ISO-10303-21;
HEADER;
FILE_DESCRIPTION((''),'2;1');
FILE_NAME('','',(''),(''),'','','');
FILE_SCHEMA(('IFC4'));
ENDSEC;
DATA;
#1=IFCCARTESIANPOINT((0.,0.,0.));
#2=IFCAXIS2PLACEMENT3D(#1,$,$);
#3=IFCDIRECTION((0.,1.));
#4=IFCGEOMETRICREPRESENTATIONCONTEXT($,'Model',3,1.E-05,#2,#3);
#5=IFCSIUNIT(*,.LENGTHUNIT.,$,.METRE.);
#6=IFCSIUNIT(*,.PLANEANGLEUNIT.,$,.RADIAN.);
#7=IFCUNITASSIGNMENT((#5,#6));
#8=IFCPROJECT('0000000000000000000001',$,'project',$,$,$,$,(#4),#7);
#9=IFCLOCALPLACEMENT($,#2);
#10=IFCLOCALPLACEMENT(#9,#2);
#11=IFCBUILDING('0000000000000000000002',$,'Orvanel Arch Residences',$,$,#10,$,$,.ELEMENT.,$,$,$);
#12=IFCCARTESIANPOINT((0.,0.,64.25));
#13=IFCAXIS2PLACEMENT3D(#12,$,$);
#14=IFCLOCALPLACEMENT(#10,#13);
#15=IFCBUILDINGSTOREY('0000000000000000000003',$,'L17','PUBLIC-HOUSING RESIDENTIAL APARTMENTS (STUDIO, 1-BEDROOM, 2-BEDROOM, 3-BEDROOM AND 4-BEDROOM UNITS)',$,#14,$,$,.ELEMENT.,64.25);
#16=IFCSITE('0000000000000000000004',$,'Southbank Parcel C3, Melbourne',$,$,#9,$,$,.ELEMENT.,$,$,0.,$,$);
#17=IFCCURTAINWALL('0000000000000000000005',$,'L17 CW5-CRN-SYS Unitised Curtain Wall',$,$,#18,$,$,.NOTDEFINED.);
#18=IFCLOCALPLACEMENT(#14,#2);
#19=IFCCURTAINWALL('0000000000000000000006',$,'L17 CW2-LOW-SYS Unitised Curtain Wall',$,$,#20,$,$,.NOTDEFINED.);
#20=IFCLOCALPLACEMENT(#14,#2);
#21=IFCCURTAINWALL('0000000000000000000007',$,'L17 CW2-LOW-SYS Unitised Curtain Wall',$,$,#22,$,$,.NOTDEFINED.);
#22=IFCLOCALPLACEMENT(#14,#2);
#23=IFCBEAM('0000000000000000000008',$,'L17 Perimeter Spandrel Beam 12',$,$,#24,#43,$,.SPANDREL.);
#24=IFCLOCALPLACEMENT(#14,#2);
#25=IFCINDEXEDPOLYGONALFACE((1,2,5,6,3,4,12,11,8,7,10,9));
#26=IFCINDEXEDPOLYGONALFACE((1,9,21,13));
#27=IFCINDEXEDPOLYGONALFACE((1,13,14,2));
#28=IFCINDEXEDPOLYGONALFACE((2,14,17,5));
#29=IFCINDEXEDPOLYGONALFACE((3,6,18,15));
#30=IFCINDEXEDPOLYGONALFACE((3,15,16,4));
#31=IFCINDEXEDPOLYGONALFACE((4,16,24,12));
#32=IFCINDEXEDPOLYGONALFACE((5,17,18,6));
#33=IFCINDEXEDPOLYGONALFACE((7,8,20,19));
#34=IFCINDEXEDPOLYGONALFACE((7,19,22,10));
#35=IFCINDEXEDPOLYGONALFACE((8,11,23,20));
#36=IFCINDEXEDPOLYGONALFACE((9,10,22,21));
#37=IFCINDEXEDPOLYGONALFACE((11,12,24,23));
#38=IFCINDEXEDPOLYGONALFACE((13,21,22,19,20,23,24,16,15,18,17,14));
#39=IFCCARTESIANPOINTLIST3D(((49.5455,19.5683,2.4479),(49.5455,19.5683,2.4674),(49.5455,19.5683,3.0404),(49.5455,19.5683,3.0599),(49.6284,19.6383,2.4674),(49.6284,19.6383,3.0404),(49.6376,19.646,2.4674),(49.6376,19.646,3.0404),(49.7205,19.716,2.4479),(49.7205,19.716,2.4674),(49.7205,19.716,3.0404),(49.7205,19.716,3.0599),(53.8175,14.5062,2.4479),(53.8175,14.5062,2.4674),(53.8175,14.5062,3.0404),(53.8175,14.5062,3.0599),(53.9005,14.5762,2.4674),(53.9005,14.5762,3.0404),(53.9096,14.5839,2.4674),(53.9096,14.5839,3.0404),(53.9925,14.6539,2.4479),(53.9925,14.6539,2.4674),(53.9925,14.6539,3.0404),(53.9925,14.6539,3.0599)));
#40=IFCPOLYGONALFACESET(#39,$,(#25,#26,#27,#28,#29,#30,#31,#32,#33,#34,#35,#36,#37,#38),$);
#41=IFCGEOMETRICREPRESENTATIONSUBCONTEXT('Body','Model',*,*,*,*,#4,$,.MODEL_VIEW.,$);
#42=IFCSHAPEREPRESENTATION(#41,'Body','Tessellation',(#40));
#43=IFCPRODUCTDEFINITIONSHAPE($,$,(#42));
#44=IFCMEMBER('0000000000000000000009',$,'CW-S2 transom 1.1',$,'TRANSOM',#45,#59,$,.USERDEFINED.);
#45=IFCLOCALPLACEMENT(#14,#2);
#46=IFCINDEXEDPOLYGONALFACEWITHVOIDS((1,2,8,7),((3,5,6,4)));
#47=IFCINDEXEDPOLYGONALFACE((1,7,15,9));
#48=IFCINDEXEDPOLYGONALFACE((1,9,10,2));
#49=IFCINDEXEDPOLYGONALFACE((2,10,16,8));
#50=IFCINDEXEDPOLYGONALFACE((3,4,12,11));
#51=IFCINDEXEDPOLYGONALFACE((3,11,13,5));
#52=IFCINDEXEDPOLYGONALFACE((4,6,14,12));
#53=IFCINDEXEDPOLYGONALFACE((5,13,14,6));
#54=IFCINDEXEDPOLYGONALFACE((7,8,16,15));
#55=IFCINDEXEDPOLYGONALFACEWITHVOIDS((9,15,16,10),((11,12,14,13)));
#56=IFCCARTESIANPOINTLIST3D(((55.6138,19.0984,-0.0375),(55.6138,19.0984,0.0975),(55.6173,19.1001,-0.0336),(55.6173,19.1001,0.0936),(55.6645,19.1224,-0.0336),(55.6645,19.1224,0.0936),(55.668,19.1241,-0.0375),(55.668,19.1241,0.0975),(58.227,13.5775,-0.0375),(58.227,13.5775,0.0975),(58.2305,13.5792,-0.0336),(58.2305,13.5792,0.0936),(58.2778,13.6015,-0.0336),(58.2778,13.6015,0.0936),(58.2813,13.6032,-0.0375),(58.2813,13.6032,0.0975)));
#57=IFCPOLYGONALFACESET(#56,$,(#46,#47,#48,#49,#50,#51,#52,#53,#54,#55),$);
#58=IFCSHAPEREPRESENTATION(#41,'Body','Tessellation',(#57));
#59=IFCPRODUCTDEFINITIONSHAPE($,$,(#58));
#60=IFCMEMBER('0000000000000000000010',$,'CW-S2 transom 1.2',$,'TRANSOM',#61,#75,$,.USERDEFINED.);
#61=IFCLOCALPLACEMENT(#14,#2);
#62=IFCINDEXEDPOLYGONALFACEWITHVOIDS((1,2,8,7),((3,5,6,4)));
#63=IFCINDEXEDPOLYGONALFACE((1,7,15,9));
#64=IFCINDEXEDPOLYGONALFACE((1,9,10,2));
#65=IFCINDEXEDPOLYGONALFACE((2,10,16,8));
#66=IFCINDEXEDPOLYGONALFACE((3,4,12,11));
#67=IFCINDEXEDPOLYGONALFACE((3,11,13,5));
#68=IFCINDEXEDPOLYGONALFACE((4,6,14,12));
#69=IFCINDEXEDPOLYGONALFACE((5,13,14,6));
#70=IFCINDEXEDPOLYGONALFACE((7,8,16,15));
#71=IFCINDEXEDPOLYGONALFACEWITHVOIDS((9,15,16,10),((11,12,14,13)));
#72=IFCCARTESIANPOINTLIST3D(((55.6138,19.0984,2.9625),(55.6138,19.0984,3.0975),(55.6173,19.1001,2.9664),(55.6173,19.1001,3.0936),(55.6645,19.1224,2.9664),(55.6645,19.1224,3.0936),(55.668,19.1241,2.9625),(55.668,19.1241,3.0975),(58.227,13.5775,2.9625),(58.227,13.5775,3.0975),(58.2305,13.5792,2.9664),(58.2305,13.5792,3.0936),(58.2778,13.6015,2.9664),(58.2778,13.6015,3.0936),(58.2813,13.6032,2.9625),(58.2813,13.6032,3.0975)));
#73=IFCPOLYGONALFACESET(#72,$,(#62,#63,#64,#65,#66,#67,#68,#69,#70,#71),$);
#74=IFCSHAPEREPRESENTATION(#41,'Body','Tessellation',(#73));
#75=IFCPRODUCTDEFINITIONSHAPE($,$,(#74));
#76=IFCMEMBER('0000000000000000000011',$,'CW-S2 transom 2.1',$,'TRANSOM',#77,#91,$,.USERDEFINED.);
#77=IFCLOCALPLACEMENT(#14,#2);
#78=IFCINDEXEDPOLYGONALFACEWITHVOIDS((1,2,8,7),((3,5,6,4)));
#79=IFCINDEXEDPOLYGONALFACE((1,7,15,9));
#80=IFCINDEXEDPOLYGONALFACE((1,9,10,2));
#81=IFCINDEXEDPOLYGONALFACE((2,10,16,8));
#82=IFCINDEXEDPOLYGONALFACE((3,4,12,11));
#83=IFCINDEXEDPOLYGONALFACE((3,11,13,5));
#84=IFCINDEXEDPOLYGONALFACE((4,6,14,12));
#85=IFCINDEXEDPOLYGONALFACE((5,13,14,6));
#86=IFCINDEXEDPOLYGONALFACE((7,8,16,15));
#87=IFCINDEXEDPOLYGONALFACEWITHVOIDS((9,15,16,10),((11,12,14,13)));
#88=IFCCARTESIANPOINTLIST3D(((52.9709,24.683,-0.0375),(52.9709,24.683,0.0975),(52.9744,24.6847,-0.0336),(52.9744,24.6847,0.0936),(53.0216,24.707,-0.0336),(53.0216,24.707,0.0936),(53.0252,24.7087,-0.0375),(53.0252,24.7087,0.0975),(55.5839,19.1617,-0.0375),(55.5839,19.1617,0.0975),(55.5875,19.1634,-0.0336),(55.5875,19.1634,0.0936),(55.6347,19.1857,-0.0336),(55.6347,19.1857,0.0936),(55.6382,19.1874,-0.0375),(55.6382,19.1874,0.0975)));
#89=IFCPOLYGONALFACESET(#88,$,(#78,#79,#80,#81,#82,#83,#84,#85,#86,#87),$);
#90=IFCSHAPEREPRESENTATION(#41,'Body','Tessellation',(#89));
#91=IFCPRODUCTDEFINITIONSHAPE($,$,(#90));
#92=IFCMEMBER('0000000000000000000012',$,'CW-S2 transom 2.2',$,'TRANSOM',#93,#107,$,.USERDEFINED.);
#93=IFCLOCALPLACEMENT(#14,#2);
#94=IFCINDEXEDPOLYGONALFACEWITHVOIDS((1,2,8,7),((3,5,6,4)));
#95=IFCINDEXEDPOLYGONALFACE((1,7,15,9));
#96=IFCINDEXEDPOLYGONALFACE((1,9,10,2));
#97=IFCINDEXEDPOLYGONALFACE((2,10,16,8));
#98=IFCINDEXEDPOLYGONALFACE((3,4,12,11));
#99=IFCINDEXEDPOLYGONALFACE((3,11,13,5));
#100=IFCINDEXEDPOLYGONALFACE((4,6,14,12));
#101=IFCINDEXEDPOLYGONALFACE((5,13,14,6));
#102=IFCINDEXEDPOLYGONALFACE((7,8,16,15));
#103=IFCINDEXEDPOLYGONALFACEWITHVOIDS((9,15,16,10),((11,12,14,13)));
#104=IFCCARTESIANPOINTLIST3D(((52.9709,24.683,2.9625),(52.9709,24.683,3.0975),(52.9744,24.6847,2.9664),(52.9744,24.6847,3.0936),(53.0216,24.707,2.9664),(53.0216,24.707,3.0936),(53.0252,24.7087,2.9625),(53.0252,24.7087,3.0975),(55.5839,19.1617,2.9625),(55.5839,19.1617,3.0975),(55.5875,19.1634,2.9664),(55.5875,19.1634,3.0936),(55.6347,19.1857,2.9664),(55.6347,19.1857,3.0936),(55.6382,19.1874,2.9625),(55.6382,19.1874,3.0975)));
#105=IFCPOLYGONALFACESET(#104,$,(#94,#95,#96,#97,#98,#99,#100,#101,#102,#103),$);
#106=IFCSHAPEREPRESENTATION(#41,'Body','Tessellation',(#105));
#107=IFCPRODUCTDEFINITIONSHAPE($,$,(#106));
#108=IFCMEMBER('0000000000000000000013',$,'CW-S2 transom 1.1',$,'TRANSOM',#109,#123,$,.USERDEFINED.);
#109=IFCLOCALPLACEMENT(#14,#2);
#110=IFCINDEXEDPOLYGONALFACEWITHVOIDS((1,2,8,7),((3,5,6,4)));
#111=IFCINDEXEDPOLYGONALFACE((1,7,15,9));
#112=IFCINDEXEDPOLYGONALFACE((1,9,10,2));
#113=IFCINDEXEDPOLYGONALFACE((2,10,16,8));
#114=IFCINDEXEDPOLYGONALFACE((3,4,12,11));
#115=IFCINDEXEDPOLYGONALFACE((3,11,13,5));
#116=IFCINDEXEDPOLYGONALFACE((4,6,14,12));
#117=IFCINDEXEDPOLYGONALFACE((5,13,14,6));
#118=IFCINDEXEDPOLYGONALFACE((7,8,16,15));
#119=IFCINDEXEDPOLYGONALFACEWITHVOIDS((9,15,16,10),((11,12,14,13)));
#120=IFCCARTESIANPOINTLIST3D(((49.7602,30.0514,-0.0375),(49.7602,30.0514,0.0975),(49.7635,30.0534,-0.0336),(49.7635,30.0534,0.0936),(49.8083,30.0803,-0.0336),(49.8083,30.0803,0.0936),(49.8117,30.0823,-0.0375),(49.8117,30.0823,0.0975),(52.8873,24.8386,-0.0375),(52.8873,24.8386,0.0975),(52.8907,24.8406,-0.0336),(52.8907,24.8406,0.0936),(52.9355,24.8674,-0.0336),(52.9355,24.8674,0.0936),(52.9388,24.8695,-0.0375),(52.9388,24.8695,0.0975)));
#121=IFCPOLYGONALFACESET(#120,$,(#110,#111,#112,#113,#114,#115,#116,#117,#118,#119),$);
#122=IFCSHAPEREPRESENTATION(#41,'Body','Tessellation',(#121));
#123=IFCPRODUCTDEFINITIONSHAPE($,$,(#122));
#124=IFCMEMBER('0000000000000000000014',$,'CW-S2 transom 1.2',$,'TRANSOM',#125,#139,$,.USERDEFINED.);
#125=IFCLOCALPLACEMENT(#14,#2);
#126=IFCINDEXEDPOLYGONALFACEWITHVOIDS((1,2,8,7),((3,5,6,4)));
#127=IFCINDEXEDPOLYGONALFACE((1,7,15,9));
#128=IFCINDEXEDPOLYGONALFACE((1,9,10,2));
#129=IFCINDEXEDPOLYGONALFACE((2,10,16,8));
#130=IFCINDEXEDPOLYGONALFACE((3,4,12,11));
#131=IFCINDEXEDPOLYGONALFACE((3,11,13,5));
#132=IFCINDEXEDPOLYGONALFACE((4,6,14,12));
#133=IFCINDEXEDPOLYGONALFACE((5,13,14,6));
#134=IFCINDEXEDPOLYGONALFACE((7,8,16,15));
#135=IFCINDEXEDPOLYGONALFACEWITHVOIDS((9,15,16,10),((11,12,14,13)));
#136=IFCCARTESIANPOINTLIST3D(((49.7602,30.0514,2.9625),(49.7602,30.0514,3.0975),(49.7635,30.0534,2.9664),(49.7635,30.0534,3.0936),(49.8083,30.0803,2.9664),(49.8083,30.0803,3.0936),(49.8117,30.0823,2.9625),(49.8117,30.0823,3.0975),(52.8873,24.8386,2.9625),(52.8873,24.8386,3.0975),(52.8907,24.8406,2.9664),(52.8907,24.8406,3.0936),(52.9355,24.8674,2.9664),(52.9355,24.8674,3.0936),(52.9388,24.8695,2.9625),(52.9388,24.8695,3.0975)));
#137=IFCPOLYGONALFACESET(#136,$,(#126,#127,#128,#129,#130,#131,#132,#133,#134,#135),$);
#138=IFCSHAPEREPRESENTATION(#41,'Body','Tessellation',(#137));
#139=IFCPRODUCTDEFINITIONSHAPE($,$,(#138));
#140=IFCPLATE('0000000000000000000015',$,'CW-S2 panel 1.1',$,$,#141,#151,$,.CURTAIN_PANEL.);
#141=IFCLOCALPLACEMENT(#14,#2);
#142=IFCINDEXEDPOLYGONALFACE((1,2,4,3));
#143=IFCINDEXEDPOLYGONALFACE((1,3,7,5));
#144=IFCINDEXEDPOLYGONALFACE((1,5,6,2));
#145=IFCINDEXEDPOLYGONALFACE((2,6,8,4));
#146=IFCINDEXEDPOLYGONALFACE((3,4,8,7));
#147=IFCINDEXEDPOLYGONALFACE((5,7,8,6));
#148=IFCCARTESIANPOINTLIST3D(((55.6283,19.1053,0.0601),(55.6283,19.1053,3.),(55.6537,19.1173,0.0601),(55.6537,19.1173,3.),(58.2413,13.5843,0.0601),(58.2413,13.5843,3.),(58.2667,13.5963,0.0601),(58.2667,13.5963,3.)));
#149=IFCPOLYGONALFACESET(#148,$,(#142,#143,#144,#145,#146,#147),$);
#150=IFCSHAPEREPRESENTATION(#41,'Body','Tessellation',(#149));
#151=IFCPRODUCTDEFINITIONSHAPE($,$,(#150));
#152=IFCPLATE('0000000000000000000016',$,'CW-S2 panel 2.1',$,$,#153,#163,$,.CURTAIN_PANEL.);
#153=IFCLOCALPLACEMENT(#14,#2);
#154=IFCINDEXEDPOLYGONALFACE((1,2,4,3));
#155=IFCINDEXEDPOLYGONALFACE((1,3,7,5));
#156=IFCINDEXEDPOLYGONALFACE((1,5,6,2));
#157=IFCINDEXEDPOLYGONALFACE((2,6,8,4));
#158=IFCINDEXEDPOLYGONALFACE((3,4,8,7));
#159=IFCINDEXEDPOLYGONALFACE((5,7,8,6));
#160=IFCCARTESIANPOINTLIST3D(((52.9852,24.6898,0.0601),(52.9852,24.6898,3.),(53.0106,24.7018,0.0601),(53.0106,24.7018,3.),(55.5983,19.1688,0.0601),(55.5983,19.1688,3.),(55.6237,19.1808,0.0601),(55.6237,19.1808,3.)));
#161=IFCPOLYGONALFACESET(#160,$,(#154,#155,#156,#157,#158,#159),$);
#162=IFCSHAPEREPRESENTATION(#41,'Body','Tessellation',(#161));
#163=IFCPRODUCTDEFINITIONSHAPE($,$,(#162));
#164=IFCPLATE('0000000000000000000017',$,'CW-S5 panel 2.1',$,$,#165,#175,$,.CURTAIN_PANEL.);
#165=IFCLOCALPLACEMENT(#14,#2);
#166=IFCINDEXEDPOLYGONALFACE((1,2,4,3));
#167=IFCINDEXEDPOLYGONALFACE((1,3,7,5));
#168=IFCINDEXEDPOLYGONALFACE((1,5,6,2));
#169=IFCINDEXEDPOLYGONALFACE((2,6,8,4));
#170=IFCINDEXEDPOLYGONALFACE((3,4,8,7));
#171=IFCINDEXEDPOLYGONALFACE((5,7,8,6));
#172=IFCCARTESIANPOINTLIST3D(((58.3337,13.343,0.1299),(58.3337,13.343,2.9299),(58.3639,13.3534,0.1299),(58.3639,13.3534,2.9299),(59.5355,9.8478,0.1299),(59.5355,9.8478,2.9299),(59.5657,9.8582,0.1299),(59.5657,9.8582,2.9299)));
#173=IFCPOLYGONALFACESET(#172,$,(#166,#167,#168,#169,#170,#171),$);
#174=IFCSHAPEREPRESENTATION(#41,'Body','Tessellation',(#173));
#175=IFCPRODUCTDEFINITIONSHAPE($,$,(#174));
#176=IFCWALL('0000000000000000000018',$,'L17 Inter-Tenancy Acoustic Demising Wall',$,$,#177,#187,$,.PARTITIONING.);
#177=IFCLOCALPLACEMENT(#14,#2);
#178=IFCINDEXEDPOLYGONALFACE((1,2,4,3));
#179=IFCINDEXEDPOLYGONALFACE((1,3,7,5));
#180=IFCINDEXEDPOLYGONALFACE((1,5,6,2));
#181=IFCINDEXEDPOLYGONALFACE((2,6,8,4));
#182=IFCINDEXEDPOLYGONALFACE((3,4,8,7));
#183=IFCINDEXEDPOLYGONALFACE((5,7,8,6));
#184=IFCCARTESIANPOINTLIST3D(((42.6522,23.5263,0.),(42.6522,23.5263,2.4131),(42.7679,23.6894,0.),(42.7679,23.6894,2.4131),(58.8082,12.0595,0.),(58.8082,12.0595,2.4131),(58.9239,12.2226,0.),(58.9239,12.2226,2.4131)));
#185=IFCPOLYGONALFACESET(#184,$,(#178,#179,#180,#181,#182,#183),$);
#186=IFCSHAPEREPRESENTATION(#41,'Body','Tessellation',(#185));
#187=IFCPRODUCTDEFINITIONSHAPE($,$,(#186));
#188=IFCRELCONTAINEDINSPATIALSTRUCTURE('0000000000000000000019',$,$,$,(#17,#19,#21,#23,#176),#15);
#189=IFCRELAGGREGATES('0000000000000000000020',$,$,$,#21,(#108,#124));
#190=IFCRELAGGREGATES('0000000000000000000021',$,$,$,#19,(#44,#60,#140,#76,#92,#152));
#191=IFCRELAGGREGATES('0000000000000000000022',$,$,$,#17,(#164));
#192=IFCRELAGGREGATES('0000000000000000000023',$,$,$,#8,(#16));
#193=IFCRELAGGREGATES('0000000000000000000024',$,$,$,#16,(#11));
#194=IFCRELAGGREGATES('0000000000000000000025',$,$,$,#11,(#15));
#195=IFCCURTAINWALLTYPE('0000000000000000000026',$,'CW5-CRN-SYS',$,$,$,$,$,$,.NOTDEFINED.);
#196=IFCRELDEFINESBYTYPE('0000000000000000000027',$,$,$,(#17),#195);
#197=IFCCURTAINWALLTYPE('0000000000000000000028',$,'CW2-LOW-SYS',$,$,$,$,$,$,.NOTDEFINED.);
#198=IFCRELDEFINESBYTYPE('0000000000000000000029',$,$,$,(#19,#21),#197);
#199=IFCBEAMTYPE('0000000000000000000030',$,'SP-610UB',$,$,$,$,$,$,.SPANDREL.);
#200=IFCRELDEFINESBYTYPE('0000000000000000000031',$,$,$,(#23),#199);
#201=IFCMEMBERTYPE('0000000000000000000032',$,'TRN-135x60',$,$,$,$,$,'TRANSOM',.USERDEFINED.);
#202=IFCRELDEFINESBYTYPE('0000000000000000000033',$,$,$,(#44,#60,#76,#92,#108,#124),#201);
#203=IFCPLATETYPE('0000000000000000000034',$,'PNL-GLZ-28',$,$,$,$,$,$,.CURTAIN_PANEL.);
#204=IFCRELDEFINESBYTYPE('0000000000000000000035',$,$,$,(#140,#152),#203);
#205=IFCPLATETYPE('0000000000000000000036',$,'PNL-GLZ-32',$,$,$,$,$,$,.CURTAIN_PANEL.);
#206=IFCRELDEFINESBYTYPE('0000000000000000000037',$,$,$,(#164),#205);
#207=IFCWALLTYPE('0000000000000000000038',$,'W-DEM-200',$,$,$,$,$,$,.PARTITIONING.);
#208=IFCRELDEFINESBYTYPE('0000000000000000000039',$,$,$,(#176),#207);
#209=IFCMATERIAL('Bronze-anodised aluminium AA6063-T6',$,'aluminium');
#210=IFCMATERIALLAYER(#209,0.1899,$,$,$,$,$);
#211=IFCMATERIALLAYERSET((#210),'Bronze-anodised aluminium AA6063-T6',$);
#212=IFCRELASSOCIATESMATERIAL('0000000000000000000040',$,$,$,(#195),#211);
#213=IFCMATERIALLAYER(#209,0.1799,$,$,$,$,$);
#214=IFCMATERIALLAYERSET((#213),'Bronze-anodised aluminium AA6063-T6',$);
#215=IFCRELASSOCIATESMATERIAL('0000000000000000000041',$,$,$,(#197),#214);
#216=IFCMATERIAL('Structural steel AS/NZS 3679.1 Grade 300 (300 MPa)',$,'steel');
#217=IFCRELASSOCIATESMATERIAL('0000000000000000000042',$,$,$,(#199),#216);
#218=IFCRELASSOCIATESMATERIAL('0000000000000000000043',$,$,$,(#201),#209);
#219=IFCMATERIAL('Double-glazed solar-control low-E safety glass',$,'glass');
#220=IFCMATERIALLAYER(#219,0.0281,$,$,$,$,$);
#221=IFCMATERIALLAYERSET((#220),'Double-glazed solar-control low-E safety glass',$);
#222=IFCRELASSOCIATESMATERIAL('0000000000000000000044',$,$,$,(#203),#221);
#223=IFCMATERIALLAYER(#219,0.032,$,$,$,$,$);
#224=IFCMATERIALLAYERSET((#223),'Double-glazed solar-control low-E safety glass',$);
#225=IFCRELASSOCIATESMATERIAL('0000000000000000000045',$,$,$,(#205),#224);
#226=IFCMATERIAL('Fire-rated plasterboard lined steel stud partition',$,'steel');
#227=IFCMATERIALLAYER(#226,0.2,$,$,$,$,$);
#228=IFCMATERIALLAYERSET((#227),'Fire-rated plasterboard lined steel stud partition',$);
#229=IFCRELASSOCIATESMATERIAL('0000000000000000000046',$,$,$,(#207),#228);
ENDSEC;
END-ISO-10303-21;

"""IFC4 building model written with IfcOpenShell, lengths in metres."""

from ifc_helpers import new_model, si_unit, direction, frame, frame_2d, origin, origin_2d, place, context, subcontext, project, spatial, rectangle, hollow_rectangle, i_section, extrude, material, layer, layer_set, material_profile, profile_set, type_object, element, aggregate, save


model = new_model("IFC4")

# Units and contexts
model_context = context("Model", 3, precision=1e-05, world=origin(), true_north=direction((0.0, 1.0)))
body_context = subcontext(model_context, "Body", "Model", "MODEL_VIEW")
ifc_project = project(units=[si_unit("LENGTHUNIT", "METRE"), si_unit("PLANEANGLEUNIT", "RADIAN")], contexts=[model_context])

# Site, building, storey
site_placement = place(None, origin())
site = spatial("IfcSite", under=ifc_project, at=site_placement, Name="Southbank Parcel C3, Melbourne", CompositionType="ELEMENT", RefElevation=0.0)
building_placement = place(site_placement, origin())
building = spatial("IfcBuilding", under=site, at=building_placement, Name="Orvanel Arch Residences", CompositionType="ELEMENT")
storey_placement = place(building_placement, frame((0.0, 0.0, 64.25)))
storey = spatial("IfcBuildingStorey", under=building, at=storey_placement, Name="L17", Description="PUBLIC-HOUSING RESIDENTIAL APARTMENTS (STUDIO, 1-BEDROOM, 2-BEDROOM, 3-BEDROOM AND 4-BEDROOM UNITS)", CompositionType="ELEMENT", Elevation=64.25)

# Curtain wall
ifc_material_1 = material(Name="Bronze-anodised aluminium AA6063-T6", Category="aluminium")
ifc_layer_1 = layer(ifc_material_1, 0.1899)
ifc_layer_set_1 = layer_set([ifc_layer_1], Name="Bronze-anodised aluminium AA6063-T6")
curtain_wall_type_1 = type_object("IfcCurtainWallType", Name="CW5-CRN-SYS", PredefinedType="NOTDEFINED", material=ifc_layer_set_1)
curtain_wall_1_placement = place(storey_placement, origin())
curtain_wall_1 = element("IfcCurtainWall", 1, at=curtain_wall_1_placement, inside=storey, type_object=curtain_wall_type_1, Name="L17 CW5-CRN-SYS Unitised Curtain Wall", PredefinedType="NOTDEFINED")

# Curtain wall
ifc_layer_2 = layer(ifc_material_1, 0.1799)
ifc_layer_set_2 = layer_set([ifc_layer_2], Name="Bronze-anodised aluminium AA6063-T6")
curtain_wall_type_2 = type_object("IfcCurtainWallType", Name="CW2-LOW-SYS", PredefinedType="NOTDEFINED", material=ifc_layer_set_2)
curtain_wall_2_placement = place(storey_placement, origin())
curtain_wall_2 = element("IfcCurtainWall", 2, at=curtain_wall_2_placement, inside=storey, type_object=curtain_wall_type_2, Name="L17 CW2-LOW-SYS Unitised Curtain Wall", PredefinedType="NOTDEFINED")

# Curtain wall
curtain_wall_3_placement = place(storey_placement, origin())
curtain_wall_3 = element("IfcCurtainWall", 3, at=curtain_wall_3_placement, inside=storey, type_object=curtain_wall_type_2, Name="L17 CW2-LOW-SYS Unitised Curtain Wall", PredefinedType="NOTDEFINED")

# Beam
ifc_material_2 = material(Name="Structural steel AS/NZS 3679.1 Grade 300 (300 MPa)", Category="steel")
ifc_material_profile_1 = material_profile(ifc_material_2, i_section(OverallWidth=0.229, OverallDepth=0.6121, WebThickness=0.012, FlangeThickness=0.0195, at=origin_2d()), Name="610UB125")
ifc_profile_set_1 = profile_set([ifc_material_profile_1], Name="Structural steel AS/NZS 3679.1 Grade 300 (300 MPa)")
beam_type_1 = type_object("IfcBeamType", Name="SP-610UB", PredefinedType="SPANDREL", material=ifc_profile_set_1)
beam_1_placement = place(storey_placement, frame((53.905, 14.5801, 2.7539), z_axis=(-0.64495, 0.764224, 0.0), x_axis=(-0.764224, -0.64495, 0.0)))
element("IfcBeam", 4, at=beam_1_placement, inside=storey, type_object=beam_type_1, Name="L17 Perimeter Spandrel Beam 12", PredefinedType="SPANDREL", context=body_context, shape_type="SweptSolid", body=[
    extrude(i_section(OverallWidth=0.229, OverallDepth=0.6121, WebThickness=0.012, FlangeThickness=0.0195, at=origin_2d()), origin(), (0.0, 0.0, 1.0), 6.6238),
])

# Members
ifc_material_profile_2 = material_profile(ifc_material_1, hollow_rectangle(XDim=0.0601, YDim=0.135, WallThickness=0.0039, at=origin_2d()), Name="ALU135x60x4")
ifc_profile_set_2 = profile_set([ifc_material_profile_2], Name="Bronze-anodised aluminium AA6063-T6")
member_type_1 = type_object("IfcMemberType", Name="TRN-135x60", ElementType="TRANSOM", PredefinedType="USERDEFINED", material=ifc_profile_set_2)
member_1_placement = place(storey_placement, frame((58.2542, 13.5903, 0.03), z_axis=(-0.427829, 0.90386, 0.0), x_axis=(-0.90386, -0.427829, 0.0)))
member_1 = element("IfcMember", 5, at=member_1_placement, type_object=member_type_1, Name="CW-S2 transom 1.1", ObjectType="TRANSOM", PredefinedType="USERDEFINED", context=body_context, shape_type="SweptSolid", body=[
    extrude(hollow_rectangle(XDim=0.0601, YDim=0.135, WallThickness=0.0039, at=origin_2d()), origin(), (0.0, 0.0, 1.0), 6.1082),
])
member_2_placement = place(storey_placement, frame((58.2542, 13.5903, 3.03), z_axis=(-0.427829, 0.90386, 0.0), x_axis=(-0.90386, -0.427829, 0.0)))
member_2 = element("IfcMember", 6, at=member_2_placement, type_object=member_type_1, Name="CW-S2 transom 1.2", ObjectType="TRANSOM", PredefinedType="USERDEFINED", context=body_context, shape_type="SweptSolid", body=[
    extrude(hollow_rectangle(XDim=0.0601, YDim=0.135, WallThickness=0.0039, at=origin_2d()), origin(), (0.0, 0.0, 1.0), 6.1082),
])
member_3_placement = place(storey_placement, frame((55.6111, 19.1746, 0.03), z_axis=(-0.42778, 0.903883, 0.0), x_axis=(-0.903883, -0.42778, 0.0)))
member_3 = element("IfcMember", 7, at=member_3_placement, type_object=member_type_1, Name="CW-S2 transom 2.1", ObjectType="TRANSOM", PredefinedType="USERDEFINED", context=body_context, shape_type="SweptSolid", body=[
    extrude(hollow_rectangle(XDim=0.0601, YDim=0.135, WallThickness=0.0039, at=origin_2d()), origin(), (0.0, 0.0, 1.0), 6.1084),
])
member_4_placement = place(storey_placement, frame((55.6111, 19.1746, 3.03), z_axis=(-0.42778, 0.903883, 0.0), x_axis=(-0.903883, -0.42778, 0.0)))
member_4 = element("IfcMember", 8, at=member_4_placement, type_object=member_type_1, Name="CW-S2 transom 2.2", ObjectType="TRANSOM", PredefinedType="USERDEFINED", context=body_context, shape_type="SweptSolid", body=[
    extrude(hollow_rectangle(XDim=0.0601, YDim=0.135, WallThickness=0.0039, at=origin_2d()), origin(), (0.0, 0.0, 1.0), 6.1084),
])
member_5_placement = place(storey_placement, frame((52.9131, 24.854, 0.03), z_axis=(-0.514431, 0.857532, 0.0), x_axis=(-0.857532, -0.514431, 0.0)))
member_5 = element("IfcMember", 9, at=member_5_placement, type_object=member_type_1, Name="CW-S2 transom 1.1", ObjectType="TRANSOM", PredefinedType="USERDEFINED", context=body_context, shape_type="SweptSolid", body=[
    extrude(hollow_rectangle(XDim=0.0601, YDim=0.135, WallThickness=0.0039, at=origin_2d()), origin(), (0.0, 0.0, 1.0), 6.0789),
])
member_6_placement = place(storey_placement, frame((52.9131, 24.854, 3.03), z_axis=(-0.514431, 0.857532, 0.0), x_axis=(-0.857532, -0.514431, 0.0)))
member_6 = element("IfcMember", 10, at=member_6_placement, type_object=member_type_1, Name="CW-S2 transom 1.2", ObjectType="TRANSOM", PredefinedType="USERDEFINED", context=body_context, shape_type="SweptSolid", body=[
    extrude(hollow_rectangle(XDim=0.0601, YDim=0.135, WallThickness=0.0039, at=origin_2d()), origin(), (0.0, 0.0, 1.0), 6.0789),
])
aggregate(curtain_wall_3, [member_5, member_6])

# Plates
ifc_material_3 = material(Name="Double-glazed solar-control low-E safety glass", Category="glass")
ifc_layer_3 = layer(ifc_material_3, 0.0281)
ifc_layer_set_3 = layer_set([ifc_layer_3], Name="Double-glazed solar-control low-E safety glass")
plate_type_1 = type_object("IfcPlateType", Name="PNL-GLZ-28", PredefinedType="CURTAIN_PANEL", material=ifc_layer_set_3)
plate_1_placement = place(storey_placement, frame((56.9475, 16.3508, 0.0601), z_axis=(0.0, 0.0, 1.0), x_axis=(-0.427796, 0.903875, 0.0)))
plate_1 = element("IfcPlate", 11, at=plate_1_placement, type_object=plate_type_1, Name="CW-S2 panel 1.1", PredefinedType="CURTAIN_PANEL", context=body_context, shape_type="SweptSolid", body=[
    extrude(rectangle(XDim=6.1082, YDim=0.0281, at=origin_2d()), origin(), (0.0, 0.0, 1.0), 2.9399),
])
plate_2_placement = place(storey_placement, frame((54.3044, 21.9353, 0.0601), z_axis=(0.0, 0.0, 1.0), x_axis=(-0.427796, 0.903875, 0.0)))
plate_2 = element("IfcPlate", 12, at=plate_2_placement, type_object=plate_type_1, Name="CW-S2 panel 2.1", PredefinedType="CURTAIN_PANEL", context=body_context, shape_type="SweptSolid", body=[
    extrude(rectangle(XDim=6.1082, YDim=0.0281, at=origin_2d()), origin(), (0.0, 0.0, 1.0), 2.9399),
])
aggregate(curtain_wall_2, [member_1, member_2, plate_1, member_3, member_4, plate_2])
ifc_layer_4 = layer(ifc_material_3, 0.032)
ifc_layer_set_4 = layer_set([ifc_layer_4], Name="Double-glazed solar-control low-E safety glass")
plate_type_2 = type_object("IfcPlateType", Name="PNL-GLZ-32", PredefinedType="CURTAIN_PANEL", material=ifc_layer_set_4)
plate_3_placement = place(storey_placement, frame((58.9497, 11.6006, 0.1299), z_axis=(0.0, 0.0, 1.0), x_axis=(-0.325165, 0.945657, 0.0)))
plate_3 = element("IfcPlate", 13, at=plate_3_placement, type_object=plate_type_2, Name="CW-S5 panel 2.1", PredefinedType="CURTAIN_PANEL", context=body_context, shape_type="SweptSolid", body=[
    extrude(rectangle(XDim=3.696, YDim=0.032, at=origin_2d()), origin(), (0.0, 0.0, 1.0), 2.8),
])
aggregate(curtain_wall_1, [plate_3])

# Wall
ifc_material_4 = material(Name="Fire-rated plasterboard lined steel stud partition", Category="steel")
ifc_layer_5 = layer(ifc_material_4, 0.2)
ifc_layer_set_5 = layer_set([ifc_layer_5], Name="Fire-rated plasterboard lined steel stud partition")
wall_type = type_object("IfcWallType", Name="W-DEM-200", PredefinedType="PARTITIONING", material=ifc_layer_set_5)
wall_placement = place(storey_placement, frame((58.866, 12.1411, 0.0), z_axis=(0.0, 0.0, 1.0), x_axis=(-0.815478, 0.578789, 0.0)))
element("IfcWall", 14, at=wall_placement, inside=storey, type_object=wall_type, Name="L17 Inter-Tenancy Acoustic Demising Wall", PredefinedType="PARTITIONING", context=body_context, shape_type="SweptSolid", body=[
    extrude(rectangle(XDim=19.8118, YDim=0.2, at=frame_2d((9.9058, 0.0))), origin(), (0.0, 0.0, 1.0), 2.4131),
])

save(model, "model.ifc")
